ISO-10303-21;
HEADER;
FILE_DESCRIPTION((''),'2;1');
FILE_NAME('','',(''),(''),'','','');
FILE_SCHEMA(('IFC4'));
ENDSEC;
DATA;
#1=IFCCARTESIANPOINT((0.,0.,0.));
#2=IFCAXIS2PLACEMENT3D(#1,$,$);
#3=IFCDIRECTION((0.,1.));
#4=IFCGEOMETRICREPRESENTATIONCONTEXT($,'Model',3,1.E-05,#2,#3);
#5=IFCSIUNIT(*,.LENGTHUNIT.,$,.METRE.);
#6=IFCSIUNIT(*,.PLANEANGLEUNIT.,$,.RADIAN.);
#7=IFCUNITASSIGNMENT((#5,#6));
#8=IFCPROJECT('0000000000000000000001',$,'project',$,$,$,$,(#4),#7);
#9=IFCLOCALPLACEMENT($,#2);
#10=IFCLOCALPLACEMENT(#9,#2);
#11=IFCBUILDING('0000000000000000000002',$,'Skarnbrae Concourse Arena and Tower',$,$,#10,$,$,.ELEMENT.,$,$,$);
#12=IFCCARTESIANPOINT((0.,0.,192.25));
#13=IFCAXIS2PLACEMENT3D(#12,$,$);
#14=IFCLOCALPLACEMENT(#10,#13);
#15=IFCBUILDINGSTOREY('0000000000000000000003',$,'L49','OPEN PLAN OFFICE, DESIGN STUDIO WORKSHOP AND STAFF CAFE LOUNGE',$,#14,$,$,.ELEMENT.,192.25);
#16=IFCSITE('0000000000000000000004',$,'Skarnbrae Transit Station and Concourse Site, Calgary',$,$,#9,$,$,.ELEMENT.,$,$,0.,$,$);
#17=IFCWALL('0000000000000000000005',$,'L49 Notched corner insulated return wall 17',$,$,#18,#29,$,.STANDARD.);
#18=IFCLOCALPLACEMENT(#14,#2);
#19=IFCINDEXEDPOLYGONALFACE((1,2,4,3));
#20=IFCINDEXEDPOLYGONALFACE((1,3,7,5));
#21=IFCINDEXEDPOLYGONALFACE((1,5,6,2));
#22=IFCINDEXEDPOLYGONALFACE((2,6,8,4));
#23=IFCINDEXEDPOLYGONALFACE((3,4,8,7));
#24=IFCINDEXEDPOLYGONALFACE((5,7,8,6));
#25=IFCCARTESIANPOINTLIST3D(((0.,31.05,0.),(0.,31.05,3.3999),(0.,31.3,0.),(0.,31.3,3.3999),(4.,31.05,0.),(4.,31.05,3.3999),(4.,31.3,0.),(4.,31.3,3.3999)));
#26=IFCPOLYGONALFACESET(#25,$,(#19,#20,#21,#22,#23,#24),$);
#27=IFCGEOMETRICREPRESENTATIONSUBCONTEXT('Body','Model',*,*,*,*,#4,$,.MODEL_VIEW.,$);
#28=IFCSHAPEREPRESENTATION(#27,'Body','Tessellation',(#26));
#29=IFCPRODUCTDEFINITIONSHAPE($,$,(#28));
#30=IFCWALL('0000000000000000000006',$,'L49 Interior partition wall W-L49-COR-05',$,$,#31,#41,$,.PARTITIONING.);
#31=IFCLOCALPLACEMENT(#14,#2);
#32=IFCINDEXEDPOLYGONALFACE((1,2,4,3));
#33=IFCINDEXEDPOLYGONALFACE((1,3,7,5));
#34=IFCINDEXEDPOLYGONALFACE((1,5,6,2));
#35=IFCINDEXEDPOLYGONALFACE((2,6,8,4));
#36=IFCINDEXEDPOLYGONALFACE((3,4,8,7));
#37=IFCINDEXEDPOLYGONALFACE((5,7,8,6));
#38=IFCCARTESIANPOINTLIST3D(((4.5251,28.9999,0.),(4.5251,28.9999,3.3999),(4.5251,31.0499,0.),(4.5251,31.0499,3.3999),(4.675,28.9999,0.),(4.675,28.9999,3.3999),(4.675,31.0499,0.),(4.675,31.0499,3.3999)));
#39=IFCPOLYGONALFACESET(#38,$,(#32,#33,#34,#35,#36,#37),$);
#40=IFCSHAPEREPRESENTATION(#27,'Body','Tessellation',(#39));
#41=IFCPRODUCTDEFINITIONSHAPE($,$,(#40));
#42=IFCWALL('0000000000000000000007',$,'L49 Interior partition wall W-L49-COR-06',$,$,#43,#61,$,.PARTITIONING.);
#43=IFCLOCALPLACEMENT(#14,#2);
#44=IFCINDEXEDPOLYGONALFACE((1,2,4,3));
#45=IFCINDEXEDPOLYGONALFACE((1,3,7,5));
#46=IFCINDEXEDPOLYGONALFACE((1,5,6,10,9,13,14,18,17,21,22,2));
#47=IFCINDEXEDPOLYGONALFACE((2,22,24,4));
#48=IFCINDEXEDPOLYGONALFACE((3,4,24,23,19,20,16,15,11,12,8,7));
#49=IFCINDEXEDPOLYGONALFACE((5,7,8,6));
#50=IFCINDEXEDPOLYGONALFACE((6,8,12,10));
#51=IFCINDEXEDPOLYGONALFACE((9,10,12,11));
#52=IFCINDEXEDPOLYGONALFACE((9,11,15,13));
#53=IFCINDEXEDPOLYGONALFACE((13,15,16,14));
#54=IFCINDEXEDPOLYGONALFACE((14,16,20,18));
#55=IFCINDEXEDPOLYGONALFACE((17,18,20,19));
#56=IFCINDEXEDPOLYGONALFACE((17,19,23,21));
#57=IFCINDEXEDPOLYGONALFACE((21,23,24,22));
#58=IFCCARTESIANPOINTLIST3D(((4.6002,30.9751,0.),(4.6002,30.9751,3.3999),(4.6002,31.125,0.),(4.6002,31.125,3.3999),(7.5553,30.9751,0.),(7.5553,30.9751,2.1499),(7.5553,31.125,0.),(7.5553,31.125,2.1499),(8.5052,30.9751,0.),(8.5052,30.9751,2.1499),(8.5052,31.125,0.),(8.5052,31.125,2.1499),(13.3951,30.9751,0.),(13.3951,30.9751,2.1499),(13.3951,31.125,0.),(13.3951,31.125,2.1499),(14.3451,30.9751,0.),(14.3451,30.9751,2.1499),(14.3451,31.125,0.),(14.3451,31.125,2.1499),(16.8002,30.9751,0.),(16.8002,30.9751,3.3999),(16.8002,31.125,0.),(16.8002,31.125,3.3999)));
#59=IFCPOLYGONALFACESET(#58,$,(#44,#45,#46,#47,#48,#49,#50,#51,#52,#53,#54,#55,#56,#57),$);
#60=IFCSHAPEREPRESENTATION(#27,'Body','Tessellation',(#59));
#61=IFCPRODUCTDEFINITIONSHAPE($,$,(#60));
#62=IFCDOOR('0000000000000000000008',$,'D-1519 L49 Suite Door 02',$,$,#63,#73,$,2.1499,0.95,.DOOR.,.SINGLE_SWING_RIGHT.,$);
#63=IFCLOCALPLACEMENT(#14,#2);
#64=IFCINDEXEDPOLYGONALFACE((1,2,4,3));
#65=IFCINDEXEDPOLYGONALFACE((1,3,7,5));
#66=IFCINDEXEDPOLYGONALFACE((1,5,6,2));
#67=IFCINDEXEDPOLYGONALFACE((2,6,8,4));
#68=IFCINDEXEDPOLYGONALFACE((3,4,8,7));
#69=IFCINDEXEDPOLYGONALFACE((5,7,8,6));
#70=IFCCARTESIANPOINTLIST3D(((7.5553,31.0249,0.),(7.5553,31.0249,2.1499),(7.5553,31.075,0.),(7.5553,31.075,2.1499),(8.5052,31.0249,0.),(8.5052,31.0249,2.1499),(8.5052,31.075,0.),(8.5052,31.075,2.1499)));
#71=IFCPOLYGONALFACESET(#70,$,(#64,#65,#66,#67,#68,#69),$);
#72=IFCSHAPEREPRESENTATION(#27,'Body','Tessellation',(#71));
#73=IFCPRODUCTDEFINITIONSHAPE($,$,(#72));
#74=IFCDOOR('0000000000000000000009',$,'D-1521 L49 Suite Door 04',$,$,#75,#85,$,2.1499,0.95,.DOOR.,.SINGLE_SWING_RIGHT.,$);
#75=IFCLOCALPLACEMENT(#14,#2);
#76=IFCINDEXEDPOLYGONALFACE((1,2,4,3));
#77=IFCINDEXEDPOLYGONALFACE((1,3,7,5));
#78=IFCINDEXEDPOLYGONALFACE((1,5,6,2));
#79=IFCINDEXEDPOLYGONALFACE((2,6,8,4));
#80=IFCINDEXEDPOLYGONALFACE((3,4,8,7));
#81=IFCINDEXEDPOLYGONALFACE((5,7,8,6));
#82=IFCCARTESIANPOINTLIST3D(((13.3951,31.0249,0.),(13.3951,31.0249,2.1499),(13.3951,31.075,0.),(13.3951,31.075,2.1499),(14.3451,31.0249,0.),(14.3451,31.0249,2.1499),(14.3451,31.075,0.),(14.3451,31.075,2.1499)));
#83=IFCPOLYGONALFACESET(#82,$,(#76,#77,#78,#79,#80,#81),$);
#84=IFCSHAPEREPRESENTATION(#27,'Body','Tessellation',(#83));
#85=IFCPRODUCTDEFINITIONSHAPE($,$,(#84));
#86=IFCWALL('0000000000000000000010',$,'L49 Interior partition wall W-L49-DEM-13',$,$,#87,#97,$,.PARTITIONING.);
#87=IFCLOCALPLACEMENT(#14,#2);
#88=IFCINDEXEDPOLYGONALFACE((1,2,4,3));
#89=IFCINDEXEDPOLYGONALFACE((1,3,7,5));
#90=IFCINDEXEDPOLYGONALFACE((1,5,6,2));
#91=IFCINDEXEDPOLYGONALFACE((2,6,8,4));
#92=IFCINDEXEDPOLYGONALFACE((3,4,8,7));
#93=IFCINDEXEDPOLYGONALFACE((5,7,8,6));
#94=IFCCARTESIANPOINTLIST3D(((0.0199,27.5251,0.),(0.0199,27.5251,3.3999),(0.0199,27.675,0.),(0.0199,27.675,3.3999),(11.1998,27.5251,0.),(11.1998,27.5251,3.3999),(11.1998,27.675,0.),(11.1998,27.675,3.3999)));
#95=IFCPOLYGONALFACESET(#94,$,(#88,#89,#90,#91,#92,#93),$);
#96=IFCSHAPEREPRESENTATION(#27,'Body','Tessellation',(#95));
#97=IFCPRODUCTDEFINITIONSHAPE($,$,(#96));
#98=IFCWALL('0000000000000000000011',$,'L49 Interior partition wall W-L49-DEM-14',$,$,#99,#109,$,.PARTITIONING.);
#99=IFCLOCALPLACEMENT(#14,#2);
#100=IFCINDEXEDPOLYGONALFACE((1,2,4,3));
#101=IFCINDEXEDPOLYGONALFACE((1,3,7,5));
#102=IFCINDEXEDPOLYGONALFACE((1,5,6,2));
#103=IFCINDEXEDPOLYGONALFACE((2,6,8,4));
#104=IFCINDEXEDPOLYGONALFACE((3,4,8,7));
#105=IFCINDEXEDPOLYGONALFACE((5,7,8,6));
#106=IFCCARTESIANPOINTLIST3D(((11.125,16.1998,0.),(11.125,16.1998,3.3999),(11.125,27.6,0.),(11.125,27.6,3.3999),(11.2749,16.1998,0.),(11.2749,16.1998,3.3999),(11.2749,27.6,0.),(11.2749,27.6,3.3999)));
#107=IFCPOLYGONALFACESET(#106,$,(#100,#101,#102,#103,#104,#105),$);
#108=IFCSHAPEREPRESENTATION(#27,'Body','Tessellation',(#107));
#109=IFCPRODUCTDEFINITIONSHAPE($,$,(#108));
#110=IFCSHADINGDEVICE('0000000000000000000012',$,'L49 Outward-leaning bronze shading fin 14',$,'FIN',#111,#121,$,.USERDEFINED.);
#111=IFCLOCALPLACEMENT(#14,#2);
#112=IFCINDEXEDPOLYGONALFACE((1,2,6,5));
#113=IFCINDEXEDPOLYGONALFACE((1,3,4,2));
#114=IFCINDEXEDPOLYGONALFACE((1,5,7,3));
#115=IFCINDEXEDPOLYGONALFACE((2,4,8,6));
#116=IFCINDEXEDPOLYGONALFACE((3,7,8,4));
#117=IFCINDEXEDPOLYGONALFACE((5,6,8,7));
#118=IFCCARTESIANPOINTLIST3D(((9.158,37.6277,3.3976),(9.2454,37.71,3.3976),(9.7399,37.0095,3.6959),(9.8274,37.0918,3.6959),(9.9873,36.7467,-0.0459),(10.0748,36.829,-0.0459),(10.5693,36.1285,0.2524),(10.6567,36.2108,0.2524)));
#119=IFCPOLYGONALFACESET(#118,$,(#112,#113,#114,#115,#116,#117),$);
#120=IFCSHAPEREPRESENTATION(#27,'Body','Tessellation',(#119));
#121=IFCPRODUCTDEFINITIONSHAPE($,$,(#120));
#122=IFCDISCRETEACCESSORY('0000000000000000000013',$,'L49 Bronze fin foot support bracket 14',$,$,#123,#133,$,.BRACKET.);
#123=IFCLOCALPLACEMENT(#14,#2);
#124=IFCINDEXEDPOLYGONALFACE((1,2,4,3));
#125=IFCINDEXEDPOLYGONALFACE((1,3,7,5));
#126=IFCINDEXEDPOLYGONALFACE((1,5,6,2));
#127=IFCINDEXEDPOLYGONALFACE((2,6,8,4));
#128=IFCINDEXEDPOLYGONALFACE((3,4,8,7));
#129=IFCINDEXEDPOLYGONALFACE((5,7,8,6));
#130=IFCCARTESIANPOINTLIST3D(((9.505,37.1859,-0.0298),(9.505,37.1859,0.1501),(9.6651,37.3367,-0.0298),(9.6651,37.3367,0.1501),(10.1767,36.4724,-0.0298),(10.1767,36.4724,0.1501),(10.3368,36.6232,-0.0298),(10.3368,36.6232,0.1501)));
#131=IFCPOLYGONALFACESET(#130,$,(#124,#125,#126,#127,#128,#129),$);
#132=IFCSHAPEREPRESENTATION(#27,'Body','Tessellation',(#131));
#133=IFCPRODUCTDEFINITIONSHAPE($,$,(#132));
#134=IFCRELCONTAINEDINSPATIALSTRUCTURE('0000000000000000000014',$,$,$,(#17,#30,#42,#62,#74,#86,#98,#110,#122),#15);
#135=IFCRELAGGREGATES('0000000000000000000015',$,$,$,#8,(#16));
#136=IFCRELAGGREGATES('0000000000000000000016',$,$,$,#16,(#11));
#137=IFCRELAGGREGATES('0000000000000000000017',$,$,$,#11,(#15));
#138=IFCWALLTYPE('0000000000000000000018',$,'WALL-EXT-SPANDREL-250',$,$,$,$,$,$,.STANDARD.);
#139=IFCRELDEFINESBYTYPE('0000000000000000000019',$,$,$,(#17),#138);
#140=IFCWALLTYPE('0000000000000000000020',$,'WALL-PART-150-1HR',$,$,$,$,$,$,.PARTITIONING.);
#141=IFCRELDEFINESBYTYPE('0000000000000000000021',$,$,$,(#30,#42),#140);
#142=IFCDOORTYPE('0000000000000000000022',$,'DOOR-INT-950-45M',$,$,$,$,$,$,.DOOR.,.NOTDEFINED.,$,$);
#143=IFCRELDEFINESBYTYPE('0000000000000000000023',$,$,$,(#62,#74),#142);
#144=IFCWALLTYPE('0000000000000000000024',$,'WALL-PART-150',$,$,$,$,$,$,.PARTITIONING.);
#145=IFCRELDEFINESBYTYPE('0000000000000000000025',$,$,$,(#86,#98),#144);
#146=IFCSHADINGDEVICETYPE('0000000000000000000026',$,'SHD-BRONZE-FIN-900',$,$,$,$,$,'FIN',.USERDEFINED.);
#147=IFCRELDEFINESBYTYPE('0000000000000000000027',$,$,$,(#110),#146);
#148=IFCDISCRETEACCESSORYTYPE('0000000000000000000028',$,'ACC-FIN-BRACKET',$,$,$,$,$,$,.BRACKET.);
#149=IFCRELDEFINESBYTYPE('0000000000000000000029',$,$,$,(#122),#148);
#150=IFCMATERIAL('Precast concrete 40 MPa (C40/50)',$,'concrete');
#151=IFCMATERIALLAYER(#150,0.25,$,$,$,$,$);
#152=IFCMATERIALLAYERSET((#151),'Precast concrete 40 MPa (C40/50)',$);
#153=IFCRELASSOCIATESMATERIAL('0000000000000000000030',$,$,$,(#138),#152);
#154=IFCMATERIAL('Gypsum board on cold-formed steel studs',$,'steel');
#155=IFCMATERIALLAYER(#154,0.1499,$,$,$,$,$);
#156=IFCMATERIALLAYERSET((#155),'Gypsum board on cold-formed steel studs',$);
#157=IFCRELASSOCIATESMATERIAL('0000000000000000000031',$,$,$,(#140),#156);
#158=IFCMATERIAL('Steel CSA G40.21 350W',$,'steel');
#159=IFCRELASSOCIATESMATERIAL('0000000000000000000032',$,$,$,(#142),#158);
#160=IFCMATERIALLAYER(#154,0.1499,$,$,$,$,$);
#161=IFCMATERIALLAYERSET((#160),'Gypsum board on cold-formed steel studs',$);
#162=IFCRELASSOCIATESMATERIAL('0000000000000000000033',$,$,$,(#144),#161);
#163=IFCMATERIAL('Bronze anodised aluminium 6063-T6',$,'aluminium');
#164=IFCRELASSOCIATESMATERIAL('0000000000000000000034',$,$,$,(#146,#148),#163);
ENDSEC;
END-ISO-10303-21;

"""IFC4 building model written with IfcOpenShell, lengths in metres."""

from ifc_helpers import new_model, si_unit, direction, frame, frame_2d, origin, origin_2d, place, context, subcontext, project, spatial, rectangle, extrude, source, transform, mapped, material, layer, layer_set, type_object, element, fill, save


model = new_model("IFC4")

# Units and contexts
model_context = context("Model", 3, precision=1e-05, world=origin(), true_north=direction((0.0, 1.0)))
body_context = subcontext(model_context, "Body", "Model", "MODEL_VIEW")
ifc_project = project(units=[si_unit("LENGTHUNIT", "METRE"), si_unit("PLANEANGLEUNIT", "RADIAN")], contexts=[model_context])

# Site, building, storey
site_placement = place(None, origin())
site = spatial("IfcSite", under=ifc_project, at=site_placement, Name="Skarnbrae Transit Station and Concourse Site, Calgary", CompositionType="ELEMENT", RefElevation=0.0)
building_placement = place(site_placement, origin())
building = spatial("IfcBuilding", under=site, at=building_placement, Name="Skarnbrae Concourse Arena and Tower", CompositionType="ELEMENT")
storey_placement = place(building_placement, frame((0.0, 0.0, 192.25)))
storey = spatial("IfcBuildingStorey", under=building, at=storey_placement, Name="L49", Description="OPEN PLAN OFFICE, DESIGN STUDIO WORKSHOP AND STAFF CAFE LOUNGE", CompositionType="ELEMENT", Elevation=192.25)

# Shared definitions
ifc_material_1 = material(Name="Steel CSA G40.21 350W", Category="steel")

# Shared definitions
ifc_material_2 = material(Name="Bronze anodised aluminium 6063-T6", Category="aluminium")

# Walls
ifc_material_3 = material(Name="Precast concrete 40 MPa (C40/50)", Category="concrete")
ifc_layer_1 = layer(ifc_material_3, 0.25)
ifc_layer_set_1 = layer_set([ifc_layer_1], Name="Precast concrete 40 MPa (C40/50)")
wall_type_1 = type_object("IfcWallType", Name="WALL-EXT-SPANDREL-250", PredefinedType="STANDARD", material=ifc_layer_set_1)
shared_shape_1 = source(origin(), body_context, "Body", "SweptSolid", [
    extrude(rectangle(XDim=4.0, YDim=0.25, at=frame_2d((2.0, 0.0))), origin(), (0.0, 0.0, 1.0), 3.3999),
])
for number, where, z_axis, x_axis, name in (
    (1, (4.0, 31.175, 0.0), (0.0, 0.0, 1.0), (-1.0, 0.0, 0.0), "L49 Notched corner insulated return wall 17"),
):
    element("IfcWall", number, at=place(storey_placement, frame(where, z_axis=z_axis, x_axis=x_axis)), inside=storey, type_object=wall_type_1, Name=name, PredefinedType="STANDARD", context=body_context, shape_type="MappedRepresentation", body=[
        mapped(shared_shape_1, transform((0.0, 0.0, 0.0))),
    ])
ifc_material_4 = material(Name="Gypsum board on cold-formed steel studs", Category="steel")
ifc_layer_2 = layer(ifc_material_4, 0.1499)
ifc_layer_set_2 = layer_set([ifc_layer_2], Name="Gypsum board on cold-formed steel studs")
wall_type_2 = type_object("IfcWallType", Name="WALL-PART-150-1HR", PredefinedType="PARTITIONING", material=ifc_layer_set_2)
shared_shape_2 = source(origin(), body_context, "Body", "SweptSolid", [
    extrude(rectangle(XDim=2.05, YDim=0.1499, at=frame_2d((1.0249, 0.0))), origin(), (0.0, 0.0, 1.0), 3.3999),
])
wall_1_placement = place(storey_placement, frame((4.6001, 29.0, 0.0), z_axis=(0.0, 0.0, 1.0), x_axis=(0.0, 1.0, 0.0)))
element("IfcWall", 2, at=wall_1_placement, inside=storey, type_object=wall_type_2, Name="L49 Interior partition wall W-L49-COR-05", PredefinedType="PARTITIONING", context=body_context, shape_type="MappedRepresentation", body=[
    mapped(shared_shape_2, transform((0.0, 0.0, 0.0))),
])

# Wall, openings, doors
shared_shape_3 = source(origin(), body_context, "Body", "SweptSolid", [
    extrude(rectangle(XDim=12.2, YDim=0.1499, at=frame_2d((6.1001, 0.0))), origin(), (0.0, 0.0, 1.0), 3.3999),
])
wall_2_placement = place(storey_placement, frame((4.6001, 31.05, 0.0), z_axis=(0.0, 0.0, 1.0), x_axis=(1.0, 0.0, 0.0)))
wall_2 = element("IfcWall", 3, at=wall_2_placement, inside=storey, type_object=wall_type_2, Name="L49 Interior partition wall W-L49-COR-06", PredefinedType="PARTITIONING", context=body_context, shape_type="MappedRepresentation", body=[
    mapped(shared_shape_3, transform((0.0, 0.0, 0.0))),
])
opening_1_placement = place(wall_2_placement, frame((2.9551, 0.0, 0.0)))
opening_1 = element("IfcOpeningElement", 4, at=opening_1_placement, cuts=wall_2, PredefinedType="OPENING", context=body_context, shape_type="SweptSolid", body=[
    extrude(rectangle(XDim=0.95, YDim=2.1499, at=frame_2d((0.4751, 1.075))), frame((0.0, 0.085, 0.0), z_axis=(0.0, -1.0, 0.0), x_axis=(1.0, 0.0, 0.0)), (0.0, 0.0, 1.0), 0.1699),
])
opening_2_placement = place(wall_2_placement, frame((8.7949, 0.0, 0.0)))
opening_2 = element("IfcOpeningElement", 5, at=opening_2_placement, cuts=wall_2, PredefinedType="OPENING", context=body_context, shape_type="SweptSolid", body=[
    extrude(rectangle(XDim=0.95, YDim=2.1499, at=frame_2d((0.4751, 1.075))), frame((0.0, 0.085, 0.0), z_axis=(0.0, -1.0, 0.0), x_axis=(1.0, 0.0, 0.0)), (0.0, 0.0, 1.0), 0.1699),
])
door_type = type_object("IfcDoorType", Name="DOOR-INT-950-45M", OperationType="NOTDEFINED", PredefinedType="DOOR", material=ifc_material_1)
shared_shape_4 = source(origin(), body_context, "Body", "SweptSolid", [
    extrude(rectangle(XDim=0.95, YDim=2.1499, at=frame_2d((0.4751, 1.075))), frame((0.0, 0.0249, 0.0), z_axis=(0.0, -1.0, 0.0), x_axis=(1.0, 0.0, 0.0)), (0.0, 0.0, 1.0), 0.05),
])
door_1_placement = place(opening_1_placement, origin())
door_1 = element("IfcDoor", 6, at=door_1_placement, inside=storey, type_object=door_type, Name="D-1519 L49 Suite Door 02", OperationType="SINGLE_SWING_RIGHT", OverallHeight=2.1499, OverallWidth=0.95, PredefinedType="DOOR", context=body_context, shape_type="MappedRepresentation", body=[
    mapped(shared_shape_4, transform((0.0, 0.0, 0.0))),
])
fill(opening_1, door_1)
door_2_placement = place(opening_2_placement, origin())
door_2 = element("IfcDoor", 7, at=door_2_placement, inside=storey, type_object=door_type, Name="D-1521 L49 Suite Door 04", OperationType="SINGLE_SWING_RIGHT", OverallHeight=2.1499, OverallWidth=0.95, PredefinedType="DOOR", context=body_context, shape_type="MappedRepresentation", body=[
    mapped(shared_shape_4, transform((0.0, 0.0, 0.0))),
])
fill(opening_2, door_2)

# Walls
ifc_layer_3 = layer(ifc_material_4, 0.1499)
ifc_layer_set_3 = layer_set([ifc_layer_3], Name="Gypsum board on cold-formed steel studs")
wall_type_3 = type_object("IfcWallType", Name="WALL-PART-150", PredefinedType="PARTITIONING", material=ifc_layer_set_3)
shared_shape_5 = source(origin(), body_context, "Body", "SweptSolid", [
    extrude(rectangle(XDim=11.1799, YDim=0.1499, at=frame_2d((5.5898, 0.0))), origin(), (0.0, 0.0, 1.0), 3.3999),
])
wall_3_placement = place(storey_placement, frame((0.02, 27.6001, 0.0), z_axis=(0.0, 0.0, 1.0), x_axis=(1.0, 0.0, 0.0)))
element("IfcWall", 8, at=wall_3_placement, inside=storey, type_object=wall_type_3, Name="L49 Interior partition wall W-L49-DEM-13", PredefinedType="PARTITIONING", context=body_context, shape_type="MappedRepresentation", body=[
    mapped(shared_shape_5, transform((0.0, 0.0, 0.0))),
])
shared_shape_6 = source(origin(), body_context, "Body", "SweptSolid", [
    extrude(rectangle(XDim=11.4001, YDim=0.1499, at=frame_2d((5.7002, 0.0))), origin(), (0.0, 0.0, 1.0), 3.3999),
])
wall_4_placement = place(storey_placement, frame((11.2, 27.6001, 0.0), z_axis=(0.0, 0.0, 1.0), x_axis=(0.0, -1.0, 0.0)))
element("IfcWall", 9, at=wall_4_placement, inside=storey, type_object=wall_type_3, Name="L49 Interior partition wall W-L49-DEM-14", PredefinedType="PARTITIONING", context=body_context, shape_type="MappedRepresentation", body=[
    mapped(shared_shape_6, transform((0.0, 0.0, 0.0))),
])

# Shading device
shading_device_type = type_object("IfcShadingDeviceType", Name="SHD-BRONZE-FIN-900", ElementType="FIN", PredefinedType="USERDEFINED", material=ifc_material_2)
shared_shape_7 = source(origin(), body_context, "Body", "SweptSolid", [
    extrude(rectangle(XDim=0.1201, YDim=0.8999, at=origin_2d()), origin(), (0.0, 0.0, 1.0), 3.6499),
])
shading_device_placement = place(storey_placement, frame((10.322, 36.4788, 0.1033), z_axis=(-0.227224, 0.241378, 0.943454), x_axis=(0.728132, 0.685437, 0.0)))
element("IfcShadingDevice", 10, at=shading_device_placement, inside=storey, type_object=shading_device_type, Name="L49 Outward-leaning bronze shading fin 14", ObjectType="FIN", PredefinedType="USERDEFINED", context=body_context, shape_type="MappedRepresentation", body=[
    mapped(shared_shape_7, transform((0.0, 0.0, 0.0))),
])

# Discrete accessory
discrete_accessory_type = type_object("IfcDiscreteAccessoryType", Name="ACC-FIN-BRACKET", PredefinedType="BRACKET", material=ifc_material_2)
shared_shape_8 = source(origin(), body_context, "Body", "SweptSolid", [
    extrude(rectangle(XDim=0.22, YDim=0.98, at=origin_2d()), origin(), (0.0, 0.0, 1.0), 0.1799),
])
discrete_accessory_placement = place(storey_placement, frame((9.9209, 36.9045, -0.0298), z_axis=(0.0, 0.0, 1.0), x_axis=(0.728132, 0.685437, 0.0)))
element("IfcDiscreteAccessory", 11, at=discrete_accessory_placement, inside=storey, type_object=discrete_accessory_type, Name="L49 Bronze fin foot support bracket 14", PredefinedType="BRACKET", context=body_context, shape_type="MappedRepresentation", body=[
    mapped(shared_shape_8, transform((0.0, 0.0, 0.0))),
])

save(model, "model.ifc")
